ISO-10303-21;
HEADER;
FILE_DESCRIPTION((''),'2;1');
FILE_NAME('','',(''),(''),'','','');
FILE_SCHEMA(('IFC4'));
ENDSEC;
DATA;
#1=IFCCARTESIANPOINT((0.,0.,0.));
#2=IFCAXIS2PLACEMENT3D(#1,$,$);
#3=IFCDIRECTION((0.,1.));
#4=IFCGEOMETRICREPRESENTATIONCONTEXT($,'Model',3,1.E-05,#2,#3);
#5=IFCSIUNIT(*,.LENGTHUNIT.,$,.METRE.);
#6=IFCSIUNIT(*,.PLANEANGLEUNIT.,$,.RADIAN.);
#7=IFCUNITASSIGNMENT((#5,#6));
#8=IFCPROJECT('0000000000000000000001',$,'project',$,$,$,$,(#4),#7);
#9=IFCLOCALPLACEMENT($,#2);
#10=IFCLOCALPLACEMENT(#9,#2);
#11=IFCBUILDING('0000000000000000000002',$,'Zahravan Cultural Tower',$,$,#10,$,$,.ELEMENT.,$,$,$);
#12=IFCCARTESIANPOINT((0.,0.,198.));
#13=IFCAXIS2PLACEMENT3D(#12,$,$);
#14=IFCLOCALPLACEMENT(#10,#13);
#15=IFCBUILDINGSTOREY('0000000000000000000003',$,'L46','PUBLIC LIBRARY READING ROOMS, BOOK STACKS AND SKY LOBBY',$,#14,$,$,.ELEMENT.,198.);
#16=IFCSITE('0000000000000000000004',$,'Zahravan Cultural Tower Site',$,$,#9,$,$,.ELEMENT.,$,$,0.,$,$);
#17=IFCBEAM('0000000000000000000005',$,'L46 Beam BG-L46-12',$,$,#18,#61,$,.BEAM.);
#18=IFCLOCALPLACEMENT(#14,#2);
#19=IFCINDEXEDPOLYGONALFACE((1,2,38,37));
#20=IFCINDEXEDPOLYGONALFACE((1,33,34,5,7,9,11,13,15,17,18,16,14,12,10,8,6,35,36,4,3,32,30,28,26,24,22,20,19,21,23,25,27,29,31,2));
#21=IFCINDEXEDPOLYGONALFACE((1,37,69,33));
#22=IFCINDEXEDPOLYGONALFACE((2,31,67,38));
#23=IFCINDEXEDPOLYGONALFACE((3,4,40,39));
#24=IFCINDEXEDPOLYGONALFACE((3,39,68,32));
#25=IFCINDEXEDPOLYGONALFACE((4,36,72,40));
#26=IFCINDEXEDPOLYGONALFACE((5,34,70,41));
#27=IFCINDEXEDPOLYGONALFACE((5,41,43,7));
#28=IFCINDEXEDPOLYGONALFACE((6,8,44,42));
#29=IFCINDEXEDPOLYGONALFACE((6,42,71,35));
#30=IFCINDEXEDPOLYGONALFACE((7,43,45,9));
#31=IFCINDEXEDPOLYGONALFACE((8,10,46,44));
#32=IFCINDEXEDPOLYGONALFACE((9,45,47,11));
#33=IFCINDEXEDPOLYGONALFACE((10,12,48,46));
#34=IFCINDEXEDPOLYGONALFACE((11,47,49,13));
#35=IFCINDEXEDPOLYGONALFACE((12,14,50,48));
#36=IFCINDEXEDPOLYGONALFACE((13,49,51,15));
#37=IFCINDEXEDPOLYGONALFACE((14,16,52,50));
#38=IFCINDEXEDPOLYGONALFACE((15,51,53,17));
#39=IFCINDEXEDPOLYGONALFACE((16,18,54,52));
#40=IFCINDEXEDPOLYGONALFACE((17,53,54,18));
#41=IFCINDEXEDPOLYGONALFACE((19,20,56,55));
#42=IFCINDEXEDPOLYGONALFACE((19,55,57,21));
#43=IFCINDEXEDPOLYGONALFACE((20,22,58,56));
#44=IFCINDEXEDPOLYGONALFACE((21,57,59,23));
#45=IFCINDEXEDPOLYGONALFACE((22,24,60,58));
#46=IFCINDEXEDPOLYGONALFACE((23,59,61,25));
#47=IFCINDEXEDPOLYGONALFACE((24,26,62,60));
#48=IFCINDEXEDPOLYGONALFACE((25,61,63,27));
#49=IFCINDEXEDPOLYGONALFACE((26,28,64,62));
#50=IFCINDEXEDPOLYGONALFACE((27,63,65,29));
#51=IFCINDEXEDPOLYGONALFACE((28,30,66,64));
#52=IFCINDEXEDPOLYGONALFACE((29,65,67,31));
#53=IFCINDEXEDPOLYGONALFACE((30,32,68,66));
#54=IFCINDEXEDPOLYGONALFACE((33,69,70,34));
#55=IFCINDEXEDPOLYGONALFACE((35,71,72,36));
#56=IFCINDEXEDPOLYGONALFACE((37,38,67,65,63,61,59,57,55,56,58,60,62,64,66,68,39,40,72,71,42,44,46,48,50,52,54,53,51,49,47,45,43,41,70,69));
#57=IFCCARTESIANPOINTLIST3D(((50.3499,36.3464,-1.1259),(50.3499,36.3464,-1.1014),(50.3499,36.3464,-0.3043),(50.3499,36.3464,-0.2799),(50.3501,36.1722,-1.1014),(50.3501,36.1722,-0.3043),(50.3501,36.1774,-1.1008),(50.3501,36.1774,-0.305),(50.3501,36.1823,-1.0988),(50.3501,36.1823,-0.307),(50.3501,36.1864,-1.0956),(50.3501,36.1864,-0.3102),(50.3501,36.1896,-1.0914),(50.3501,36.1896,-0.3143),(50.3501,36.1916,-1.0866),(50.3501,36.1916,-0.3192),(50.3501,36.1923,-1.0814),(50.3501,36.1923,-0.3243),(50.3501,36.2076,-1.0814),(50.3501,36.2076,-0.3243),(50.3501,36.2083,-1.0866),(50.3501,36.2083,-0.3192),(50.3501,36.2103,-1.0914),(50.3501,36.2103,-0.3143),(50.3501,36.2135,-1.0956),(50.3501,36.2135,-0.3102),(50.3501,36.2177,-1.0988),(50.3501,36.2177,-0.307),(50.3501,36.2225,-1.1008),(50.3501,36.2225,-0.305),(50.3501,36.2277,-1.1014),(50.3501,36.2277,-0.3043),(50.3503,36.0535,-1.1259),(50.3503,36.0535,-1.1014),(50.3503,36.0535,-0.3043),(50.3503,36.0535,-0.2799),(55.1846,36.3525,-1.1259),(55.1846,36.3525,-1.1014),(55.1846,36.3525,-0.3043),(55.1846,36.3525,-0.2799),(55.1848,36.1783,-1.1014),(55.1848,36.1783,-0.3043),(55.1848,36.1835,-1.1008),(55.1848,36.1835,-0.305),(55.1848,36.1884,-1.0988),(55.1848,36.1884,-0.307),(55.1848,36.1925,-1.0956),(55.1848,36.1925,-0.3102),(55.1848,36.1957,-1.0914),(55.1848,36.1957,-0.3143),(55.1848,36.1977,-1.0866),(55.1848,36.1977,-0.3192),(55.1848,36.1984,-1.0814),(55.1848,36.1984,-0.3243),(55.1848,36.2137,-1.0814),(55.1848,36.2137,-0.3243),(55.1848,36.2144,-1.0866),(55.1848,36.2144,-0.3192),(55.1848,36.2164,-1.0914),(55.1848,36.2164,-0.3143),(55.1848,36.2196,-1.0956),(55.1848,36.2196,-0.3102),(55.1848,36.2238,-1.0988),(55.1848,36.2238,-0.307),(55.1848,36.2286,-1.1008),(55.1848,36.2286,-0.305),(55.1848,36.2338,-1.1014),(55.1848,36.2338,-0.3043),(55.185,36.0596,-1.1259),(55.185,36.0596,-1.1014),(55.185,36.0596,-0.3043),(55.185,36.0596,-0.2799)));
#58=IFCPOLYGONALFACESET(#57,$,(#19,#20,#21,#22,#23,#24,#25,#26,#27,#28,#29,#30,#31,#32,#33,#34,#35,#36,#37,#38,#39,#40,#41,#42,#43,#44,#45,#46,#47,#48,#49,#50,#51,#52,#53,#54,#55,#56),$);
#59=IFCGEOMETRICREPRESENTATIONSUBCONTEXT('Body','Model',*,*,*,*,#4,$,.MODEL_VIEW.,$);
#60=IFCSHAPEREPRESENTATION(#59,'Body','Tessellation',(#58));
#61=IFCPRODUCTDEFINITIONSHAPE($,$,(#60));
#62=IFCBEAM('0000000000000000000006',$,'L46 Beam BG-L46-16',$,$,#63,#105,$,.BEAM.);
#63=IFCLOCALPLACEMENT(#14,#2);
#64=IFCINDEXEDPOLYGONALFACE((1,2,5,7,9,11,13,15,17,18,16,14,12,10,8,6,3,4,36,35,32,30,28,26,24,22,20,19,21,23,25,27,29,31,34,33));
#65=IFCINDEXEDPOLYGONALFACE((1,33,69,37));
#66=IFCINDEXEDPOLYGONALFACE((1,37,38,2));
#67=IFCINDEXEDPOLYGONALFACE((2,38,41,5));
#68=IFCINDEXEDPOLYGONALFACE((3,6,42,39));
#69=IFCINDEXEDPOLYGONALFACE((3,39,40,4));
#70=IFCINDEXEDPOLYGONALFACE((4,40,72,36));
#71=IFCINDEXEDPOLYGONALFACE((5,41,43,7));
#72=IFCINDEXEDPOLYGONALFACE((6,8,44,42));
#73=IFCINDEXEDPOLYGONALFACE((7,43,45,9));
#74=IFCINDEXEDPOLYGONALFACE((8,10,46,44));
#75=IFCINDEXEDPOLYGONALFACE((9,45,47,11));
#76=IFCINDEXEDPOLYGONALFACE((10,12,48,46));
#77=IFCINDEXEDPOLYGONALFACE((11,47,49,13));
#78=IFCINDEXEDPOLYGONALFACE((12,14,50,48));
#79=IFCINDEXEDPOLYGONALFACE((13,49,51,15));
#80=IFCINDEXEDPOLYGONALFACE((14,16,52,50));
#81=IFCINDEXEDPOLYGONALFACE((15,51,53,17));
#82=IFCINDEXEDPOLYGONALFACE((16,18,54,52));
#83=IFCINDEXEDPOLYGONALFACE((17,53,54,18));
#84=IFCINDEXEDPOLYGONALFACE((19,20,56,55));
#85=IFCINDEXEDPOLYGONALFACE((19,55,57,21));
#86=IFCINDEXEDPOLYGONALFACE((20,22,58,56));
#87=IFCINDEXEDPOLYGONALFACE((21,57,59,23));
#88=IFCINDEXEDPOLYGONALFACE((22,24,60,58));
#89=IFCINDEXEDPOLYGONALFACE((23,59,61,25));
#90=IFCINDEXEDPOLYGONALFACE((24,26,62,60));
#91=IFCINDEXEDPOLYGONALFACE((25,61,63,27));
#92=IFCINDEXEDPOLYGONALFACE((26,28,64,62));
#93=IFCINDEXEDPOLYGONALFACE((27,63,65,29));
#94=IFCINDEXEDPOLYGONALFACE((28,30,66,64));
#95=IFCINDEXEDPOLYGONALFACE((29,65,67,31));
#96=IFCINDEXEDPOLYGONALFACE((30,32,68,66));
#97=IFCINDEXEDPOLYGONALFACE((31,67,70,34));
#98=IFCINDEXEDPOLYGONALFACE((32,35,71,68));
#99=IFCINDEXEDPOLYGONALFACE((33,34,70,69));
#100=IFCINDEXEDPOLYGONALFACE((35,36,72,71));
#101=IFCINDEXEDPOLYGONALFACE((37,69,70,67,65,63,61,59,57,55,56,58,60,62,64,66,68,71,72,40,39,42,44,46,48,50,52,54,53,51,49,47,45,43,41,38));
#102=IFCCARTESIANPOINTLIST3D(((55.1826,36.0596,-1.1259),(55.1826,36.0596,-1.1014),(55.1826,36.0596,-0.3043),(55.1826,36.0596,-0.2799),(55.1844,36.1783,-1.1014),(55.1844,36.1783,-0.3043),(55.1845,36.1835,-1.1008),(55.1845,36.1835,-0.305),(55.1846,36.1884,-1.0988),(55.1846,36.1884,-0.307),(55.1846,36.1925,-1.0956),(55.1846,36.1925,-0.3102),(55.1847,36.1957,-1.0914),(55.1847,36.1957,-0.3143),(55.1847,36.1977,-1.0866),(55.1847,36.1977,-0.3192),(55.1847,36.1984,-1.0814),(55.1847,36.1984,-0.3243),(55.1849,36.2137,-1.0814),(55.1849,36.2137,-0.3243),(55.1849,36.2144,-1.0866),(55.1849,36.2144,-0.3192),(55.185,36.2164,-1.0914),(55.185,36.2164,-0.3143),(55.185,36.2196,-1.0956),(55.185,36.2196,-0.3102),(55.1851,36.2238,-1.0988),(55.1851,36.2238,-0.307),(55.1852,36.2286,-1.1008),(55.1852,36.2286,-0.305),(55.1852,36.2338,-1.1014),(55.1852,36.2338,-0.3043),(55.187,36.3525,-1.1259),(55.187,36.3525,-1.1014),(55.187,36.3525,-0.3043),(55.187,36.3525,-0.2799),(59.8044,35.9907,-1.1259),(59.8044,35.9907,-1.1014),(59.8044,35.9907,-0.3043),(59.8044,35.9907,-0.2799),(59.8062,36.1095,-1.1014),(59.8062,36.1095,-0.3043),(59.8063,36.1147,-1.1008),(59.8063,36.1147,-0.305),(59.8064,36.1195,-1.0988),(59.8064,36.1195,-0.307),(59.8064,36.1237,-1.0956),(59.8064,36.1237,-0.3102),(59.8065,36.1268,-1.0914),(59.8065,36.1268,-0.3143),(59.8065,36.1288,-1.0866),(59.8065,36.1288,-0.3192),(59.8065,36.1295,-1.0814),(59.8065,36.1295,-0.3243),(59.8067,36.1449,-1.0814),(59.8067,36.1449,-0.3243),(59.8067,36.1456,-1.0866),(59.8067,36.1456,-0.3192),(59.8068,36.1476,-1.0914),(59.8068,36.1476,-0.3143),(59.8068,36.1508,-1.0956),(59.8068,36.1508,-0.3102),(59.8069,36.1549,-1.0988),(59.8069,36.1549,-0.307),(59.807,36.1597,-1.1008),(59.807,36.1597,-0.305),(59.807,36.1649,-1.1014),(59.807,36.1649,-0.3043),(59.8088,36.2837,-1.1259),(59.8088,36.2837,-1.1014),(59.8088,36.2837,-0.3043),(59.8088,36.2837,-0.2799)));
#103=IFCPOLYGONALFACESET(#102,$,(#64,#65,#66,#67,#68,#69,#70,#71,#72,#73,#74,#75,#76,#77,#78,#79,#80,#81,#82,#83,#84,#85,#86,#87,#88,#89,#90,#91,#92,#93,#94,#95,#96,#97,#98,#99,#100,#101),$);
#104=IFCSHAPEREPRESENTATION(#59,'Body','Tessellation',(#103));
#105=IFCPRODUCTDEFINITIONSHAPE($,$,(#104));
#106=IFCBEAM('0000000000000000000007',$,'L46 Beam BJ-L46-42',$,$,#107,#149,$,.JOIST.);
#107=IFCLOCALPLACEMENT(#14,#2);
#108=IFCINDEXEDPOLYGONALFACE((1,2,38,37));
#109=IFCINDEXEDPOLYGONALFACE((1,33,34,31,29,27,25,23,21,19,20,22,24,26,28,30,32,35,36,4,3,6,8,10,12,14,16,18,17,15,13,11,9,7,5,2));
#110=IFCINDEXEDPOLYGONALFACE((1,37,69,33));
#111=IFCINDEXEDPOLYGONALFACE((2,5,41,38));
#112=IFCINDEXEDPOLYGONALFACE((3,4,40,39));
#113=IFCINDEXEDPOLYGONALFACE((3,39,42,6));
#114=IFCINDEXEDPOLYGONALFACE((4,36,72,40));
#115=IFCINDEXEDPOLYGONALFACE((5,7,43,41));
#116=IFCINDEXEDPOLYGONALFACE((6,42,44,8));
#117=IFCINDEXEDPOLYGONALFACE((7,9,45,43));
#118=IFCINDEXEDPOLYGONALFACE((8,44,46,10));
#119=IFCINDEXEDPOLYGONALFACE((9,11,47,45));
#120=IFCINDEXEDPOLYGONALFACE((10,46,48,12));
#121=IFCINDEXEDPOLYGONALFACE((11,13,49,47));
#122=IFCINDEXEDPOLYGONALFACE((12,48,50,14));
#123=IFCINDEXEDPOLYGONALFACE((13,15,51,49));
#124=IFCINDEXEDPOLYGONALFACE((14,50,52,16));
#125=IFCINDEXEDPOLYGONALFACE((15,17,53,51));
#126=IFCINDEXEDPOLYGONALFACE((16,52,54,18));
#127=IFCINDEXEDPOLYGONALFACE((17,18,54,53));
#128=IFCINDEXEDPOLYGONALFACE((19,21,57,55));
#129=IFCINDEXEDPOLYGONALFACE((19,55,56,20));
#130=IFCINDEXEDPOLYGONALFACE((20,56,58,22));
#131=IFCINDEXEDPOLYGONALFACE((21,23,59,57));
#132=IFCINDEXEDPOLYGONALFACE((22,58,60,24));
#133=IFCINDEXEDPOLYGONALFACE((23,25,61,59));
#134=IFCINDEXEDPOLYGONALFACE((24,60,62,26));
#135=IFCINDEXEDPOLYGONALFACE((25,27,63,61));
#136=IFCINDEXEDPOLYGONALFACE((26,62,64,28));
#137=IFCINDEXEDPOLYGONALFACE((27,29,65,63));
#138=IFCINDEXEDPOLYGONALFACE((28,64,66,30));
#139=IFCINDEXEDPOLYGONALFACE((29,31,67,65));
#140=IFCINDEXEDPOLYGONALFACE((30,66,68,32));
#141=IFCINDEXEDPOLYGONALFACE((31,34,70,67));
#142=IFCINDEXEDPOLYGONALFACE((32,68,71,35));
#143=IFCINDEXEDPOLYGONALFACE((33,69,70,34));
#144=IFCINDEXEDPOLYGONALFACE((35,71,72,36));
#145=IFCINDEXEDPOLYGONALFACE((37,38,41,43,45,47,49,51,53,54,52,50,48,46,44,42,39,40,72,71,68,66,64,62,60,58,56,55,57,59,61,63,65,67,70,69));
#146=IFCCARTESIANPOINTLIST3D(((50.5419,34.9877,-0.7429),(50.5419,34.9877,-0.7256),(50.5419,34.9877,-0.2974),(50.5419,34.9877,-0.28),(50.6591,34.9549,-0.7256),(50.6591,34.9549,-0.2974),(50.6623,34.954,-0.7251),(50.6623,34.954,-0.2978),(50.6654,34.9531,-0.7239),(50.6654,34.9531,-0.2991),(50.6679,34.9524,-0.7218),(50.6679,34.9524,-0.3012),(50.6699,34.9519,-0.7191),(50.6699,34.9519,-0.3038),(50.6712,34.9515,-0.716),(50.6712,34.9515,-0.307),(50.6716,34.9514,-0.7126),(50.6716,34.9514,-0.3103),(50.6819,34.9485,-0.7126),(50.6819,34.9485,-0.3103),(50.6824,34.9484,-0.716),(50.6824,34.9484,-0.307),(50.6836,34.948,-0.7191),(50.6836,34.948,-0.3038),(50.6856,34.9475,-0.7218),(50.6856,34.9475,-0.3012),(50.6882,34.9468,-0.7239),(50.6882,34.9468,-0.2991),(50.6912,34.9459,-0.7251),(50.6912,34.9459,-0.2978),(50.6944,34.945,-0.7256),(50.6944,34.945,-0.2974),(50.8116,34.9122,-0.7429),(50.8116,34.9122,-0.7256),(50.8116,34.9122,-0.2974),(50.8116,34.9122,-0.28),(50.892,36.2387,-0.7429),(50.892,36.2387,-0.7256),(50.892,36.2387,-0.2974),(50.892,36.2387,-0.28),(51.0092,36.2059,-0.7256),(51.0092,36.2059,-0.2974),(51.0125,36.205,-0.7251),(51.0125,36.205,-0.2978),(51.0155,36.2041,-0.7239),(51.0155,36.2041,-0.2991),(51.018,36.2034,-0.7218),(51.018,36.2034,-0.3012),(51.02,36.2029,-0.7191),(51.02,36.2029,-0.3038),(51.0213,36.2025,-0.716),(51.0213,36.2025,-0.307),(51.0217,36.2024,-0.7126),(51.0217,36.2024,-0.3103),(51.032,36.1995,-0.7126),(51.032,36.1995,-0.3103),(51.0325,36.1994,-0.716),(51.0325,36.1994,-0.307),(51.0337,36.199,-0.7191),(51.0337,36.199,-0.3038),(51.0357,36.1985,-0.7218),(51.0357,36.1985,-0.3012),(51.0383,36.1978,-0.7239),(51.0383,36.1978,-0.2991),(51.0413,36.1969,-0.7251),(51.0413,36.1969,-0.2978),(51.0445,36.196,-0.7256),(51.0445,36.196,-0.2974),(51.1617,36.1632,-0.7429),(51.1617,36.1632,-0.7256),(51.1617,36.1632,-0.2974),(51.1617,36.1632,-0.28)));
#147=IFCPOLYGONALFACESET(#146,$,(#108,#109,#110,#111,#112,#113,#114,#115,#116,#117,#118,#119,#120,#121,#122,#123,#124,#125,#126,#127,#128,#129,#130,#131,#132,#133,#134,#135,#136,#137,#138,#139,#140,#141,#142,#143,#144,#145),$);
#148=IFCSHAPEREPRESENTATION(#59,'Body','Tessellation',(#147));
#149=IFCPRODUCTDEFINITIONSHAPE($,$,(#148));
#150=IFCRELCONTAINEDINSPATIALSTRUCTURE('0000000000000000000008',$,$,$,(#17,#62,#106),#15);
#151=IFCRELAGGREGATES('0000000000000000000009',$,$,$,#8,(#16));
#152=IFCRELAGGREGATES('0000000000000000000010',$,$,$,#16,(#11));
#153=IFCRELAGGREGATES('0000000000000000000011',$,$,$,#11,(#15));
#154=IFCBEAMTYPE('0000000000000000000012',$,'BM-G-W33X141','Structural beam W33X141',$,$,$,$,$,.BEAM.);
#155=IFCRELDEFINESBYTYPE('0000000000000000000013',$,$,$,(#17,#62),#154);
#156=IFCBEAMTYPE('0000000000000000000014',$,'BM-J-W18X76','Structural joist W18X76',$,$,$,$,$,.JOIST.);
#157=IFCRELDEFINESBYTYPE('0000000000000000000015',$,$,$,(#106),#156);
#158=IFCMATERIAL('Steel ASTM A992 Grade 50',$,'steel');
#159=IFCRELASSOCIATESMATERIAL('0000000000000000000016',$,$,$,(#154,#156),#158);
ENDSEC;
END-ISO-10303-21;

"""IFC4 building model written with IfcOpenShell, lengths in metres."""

from ifc_helpers import new_model, si_unit, direction, frame, origin, origin_2d, place, context, subcontext, project, spatial, i_section, extrude, source, transform, mapped, material, material_profile, profile_set, type_object, element, save


model = new_model("IFC4")

# Units and contexts
model_context = context("Model", 3, precision=1e-05, world=origin(), true_north=direction((0.0, 1.0)))
body_context = subcontext(model_context, "Body", "Model", "MODEL_VIEW")
ifc_project = project(units=[si_unit("LENGTHUNIT", "METRE"), si_unit("PLANEANGLEUNIT", "RADIAN")], contexts=[model_context])

# Site, building, storey
site_placement = place(None, origin())
site = spatial("IfcSite", under=ifc_project, at=site_placement, Name="Zahravan Cultural Tower Site", CompositionType="ELEMENT", RefElevation=0.0)
building_placement = place(site_placement, origin())
building = spatial("IfcBuilding", under=site, at=building_placement, Name="Zahravan Cultural Tower", CompositionType="ELEMENT")
storey_placement = place(building_placement, frame((0.0, 0.0, 198.0)))
storey = spatial("IfcBuildingStorey", under=building, at=storey_placement, Name="L46", Description="PUBLIC LIBRARY READING ROOMS, BOOK STACKS AND SKY LOBBY", CompositionType="ELEMENT", Elevation=198.0)

# Shared definitions
ifc_material_1 = material(Name="Steel ASTM A992 Grade 50", Category="steel")

# Beams
ifc_material_profile_1 = material_profile(ifc_material_1, i_section(OverallWidth=0.293, OverallDepth=0.8459, WebThickness=0.0154, FlangeThickness=0.0244, FilletRadius=0.02, at=origin_2d()), Name="W33X141")
ifc_profile_set_1 = profile_set([ifc_material_profile_1], Name="Steel ASTM A992 Grade 50")
beam_type_1 = type_object("IfcBeamType", Name="BM-G-W33X141", Description="Structural beam W33X141", PredefinedType="BEAM", material=ifc_profile_set_1)
shared_shape_1 = source(origin(), body_context, "Body", "SweptSolid", [
    extrude(i_section(OverallWidth=0.293, OverallDepth=0.8459, WebThickness=0.0154, FlangeThickness=0.0244, FilletRadius=0.02, at=origin_2d()), origin(), (0.0, 0.0, 1.0), 4.8347),
])
beam_1_placement = place(storey_placement, frame((50.3501, 36.2, -0.7029), z_axis=(0.999999, 0.001262, 0.0), x_axis=(-0.001262, 0.999999, 0.0)))
element("IfcBeam", 1, at=beam_1_placement, inside=storey, type_object=beam_type_1, Name="L46 Beam BG-L46-12", PredefinedType="BEAM", context=body_context, shape_type="MappedRepresentation", body=[
    mapped(shared_shape_1, transform((0.0, 0.0, 0.0), x_axis=(1.0, 0.0, 0.0), y_axis=(0.0, 1.0, 0.0), z_axis=(0.0, 0.0, 1.0), scale=1.0)),
])
shared_shape_2 = source(origin(), body_context, "Body", "SweptSolid", [
    extrude(i_section(OverallWidth=0.293, OverallDepth=0.8459, WebThickness=0.0154, FlangeThickness=0.0244, FilletRadius=0.02, at=origin_2d()), origin(), (0.0, 0.0, 1.0), 4.6223),
])
beam_2_placement = place(storey_placement, frame((55.1848, 36.2061, -0.7029), z_axis=(0.999889, -0.014895, 0.0), x_axis=(0.014895, 0.999889, 0.0)))
element("IfcBeam", 2, at=beam_2_placement, inside=storey, type_object=beam_type_1, Name="L46 Beam BG-L46-16", PredefinedType="BEAM", context=body_context, shape_type="MappedRepresentation", body=[
    mapped(shared_shape_2, transform((0.0, 0.0, 0.0), x_axis=(1.0, 0.0, 0.0), y_axis=(0.0, 1.0, 0.0), z_axis=(0.0, 0.0, 1.0), scale=1.0)),
])
ifc_material_profile_2 = material_profile(ifc_material_1, i_section(OverallWidth=0.28, OverallDepth=0.4629, WebThickness=0.0107, FlangeThickness=0.0173, FilletRadius=0.0129, at=origin_2d()), Name="W18X76")
ifc_profile_set_2 = profile_set([ifc_material_profile_2], Name="Steel ASTM A992 Grade 50")
beam_type_2 = type_object("IfcBeamType", Name="BM-J-W18X76", Description="Structural joist W18X76", PredefinedType="JOIST", material=ifc_profile_set_2)
shared_shape_3 = source(origin(), body_context, "Body", "SweptSolid", [
    extrude(i_section(OverallWidth=0.28, OverallDepth=0.4629, WebThickness=0.0107, FlangeThickness=0.0173, FilletRadius=0.0129, at=origin_2d()), origin(), (0.0, 0.0, 1.0), 1.2991),
])
beam_3_placement = place(storey_placement, frame((50.6768, 34.95, -0.5115), z_axis=(0.269504, 0.962999, 0.0), x_axis=(-0.962999, 0.269504, 0.0)))
element("IfcBeam", 3, at=beam_3_placement, inside=storey, type_object=beam_type_2, Name="L46 Beam BJ-L46-42", PredefinedType="JOIST", context=body_context, shape_type="MappedRepresentation", body=[
    mapped(shared_shape_3, transform((0.0, 0.0, 0.0), x_axis=(1.0, 0.0, 0.0), y_axis=(0.0, 1.0, 0.0), z_axis=(0.0, 0.0, 1.0), scale=1.0)),
])

save(model, "model.ifc")
